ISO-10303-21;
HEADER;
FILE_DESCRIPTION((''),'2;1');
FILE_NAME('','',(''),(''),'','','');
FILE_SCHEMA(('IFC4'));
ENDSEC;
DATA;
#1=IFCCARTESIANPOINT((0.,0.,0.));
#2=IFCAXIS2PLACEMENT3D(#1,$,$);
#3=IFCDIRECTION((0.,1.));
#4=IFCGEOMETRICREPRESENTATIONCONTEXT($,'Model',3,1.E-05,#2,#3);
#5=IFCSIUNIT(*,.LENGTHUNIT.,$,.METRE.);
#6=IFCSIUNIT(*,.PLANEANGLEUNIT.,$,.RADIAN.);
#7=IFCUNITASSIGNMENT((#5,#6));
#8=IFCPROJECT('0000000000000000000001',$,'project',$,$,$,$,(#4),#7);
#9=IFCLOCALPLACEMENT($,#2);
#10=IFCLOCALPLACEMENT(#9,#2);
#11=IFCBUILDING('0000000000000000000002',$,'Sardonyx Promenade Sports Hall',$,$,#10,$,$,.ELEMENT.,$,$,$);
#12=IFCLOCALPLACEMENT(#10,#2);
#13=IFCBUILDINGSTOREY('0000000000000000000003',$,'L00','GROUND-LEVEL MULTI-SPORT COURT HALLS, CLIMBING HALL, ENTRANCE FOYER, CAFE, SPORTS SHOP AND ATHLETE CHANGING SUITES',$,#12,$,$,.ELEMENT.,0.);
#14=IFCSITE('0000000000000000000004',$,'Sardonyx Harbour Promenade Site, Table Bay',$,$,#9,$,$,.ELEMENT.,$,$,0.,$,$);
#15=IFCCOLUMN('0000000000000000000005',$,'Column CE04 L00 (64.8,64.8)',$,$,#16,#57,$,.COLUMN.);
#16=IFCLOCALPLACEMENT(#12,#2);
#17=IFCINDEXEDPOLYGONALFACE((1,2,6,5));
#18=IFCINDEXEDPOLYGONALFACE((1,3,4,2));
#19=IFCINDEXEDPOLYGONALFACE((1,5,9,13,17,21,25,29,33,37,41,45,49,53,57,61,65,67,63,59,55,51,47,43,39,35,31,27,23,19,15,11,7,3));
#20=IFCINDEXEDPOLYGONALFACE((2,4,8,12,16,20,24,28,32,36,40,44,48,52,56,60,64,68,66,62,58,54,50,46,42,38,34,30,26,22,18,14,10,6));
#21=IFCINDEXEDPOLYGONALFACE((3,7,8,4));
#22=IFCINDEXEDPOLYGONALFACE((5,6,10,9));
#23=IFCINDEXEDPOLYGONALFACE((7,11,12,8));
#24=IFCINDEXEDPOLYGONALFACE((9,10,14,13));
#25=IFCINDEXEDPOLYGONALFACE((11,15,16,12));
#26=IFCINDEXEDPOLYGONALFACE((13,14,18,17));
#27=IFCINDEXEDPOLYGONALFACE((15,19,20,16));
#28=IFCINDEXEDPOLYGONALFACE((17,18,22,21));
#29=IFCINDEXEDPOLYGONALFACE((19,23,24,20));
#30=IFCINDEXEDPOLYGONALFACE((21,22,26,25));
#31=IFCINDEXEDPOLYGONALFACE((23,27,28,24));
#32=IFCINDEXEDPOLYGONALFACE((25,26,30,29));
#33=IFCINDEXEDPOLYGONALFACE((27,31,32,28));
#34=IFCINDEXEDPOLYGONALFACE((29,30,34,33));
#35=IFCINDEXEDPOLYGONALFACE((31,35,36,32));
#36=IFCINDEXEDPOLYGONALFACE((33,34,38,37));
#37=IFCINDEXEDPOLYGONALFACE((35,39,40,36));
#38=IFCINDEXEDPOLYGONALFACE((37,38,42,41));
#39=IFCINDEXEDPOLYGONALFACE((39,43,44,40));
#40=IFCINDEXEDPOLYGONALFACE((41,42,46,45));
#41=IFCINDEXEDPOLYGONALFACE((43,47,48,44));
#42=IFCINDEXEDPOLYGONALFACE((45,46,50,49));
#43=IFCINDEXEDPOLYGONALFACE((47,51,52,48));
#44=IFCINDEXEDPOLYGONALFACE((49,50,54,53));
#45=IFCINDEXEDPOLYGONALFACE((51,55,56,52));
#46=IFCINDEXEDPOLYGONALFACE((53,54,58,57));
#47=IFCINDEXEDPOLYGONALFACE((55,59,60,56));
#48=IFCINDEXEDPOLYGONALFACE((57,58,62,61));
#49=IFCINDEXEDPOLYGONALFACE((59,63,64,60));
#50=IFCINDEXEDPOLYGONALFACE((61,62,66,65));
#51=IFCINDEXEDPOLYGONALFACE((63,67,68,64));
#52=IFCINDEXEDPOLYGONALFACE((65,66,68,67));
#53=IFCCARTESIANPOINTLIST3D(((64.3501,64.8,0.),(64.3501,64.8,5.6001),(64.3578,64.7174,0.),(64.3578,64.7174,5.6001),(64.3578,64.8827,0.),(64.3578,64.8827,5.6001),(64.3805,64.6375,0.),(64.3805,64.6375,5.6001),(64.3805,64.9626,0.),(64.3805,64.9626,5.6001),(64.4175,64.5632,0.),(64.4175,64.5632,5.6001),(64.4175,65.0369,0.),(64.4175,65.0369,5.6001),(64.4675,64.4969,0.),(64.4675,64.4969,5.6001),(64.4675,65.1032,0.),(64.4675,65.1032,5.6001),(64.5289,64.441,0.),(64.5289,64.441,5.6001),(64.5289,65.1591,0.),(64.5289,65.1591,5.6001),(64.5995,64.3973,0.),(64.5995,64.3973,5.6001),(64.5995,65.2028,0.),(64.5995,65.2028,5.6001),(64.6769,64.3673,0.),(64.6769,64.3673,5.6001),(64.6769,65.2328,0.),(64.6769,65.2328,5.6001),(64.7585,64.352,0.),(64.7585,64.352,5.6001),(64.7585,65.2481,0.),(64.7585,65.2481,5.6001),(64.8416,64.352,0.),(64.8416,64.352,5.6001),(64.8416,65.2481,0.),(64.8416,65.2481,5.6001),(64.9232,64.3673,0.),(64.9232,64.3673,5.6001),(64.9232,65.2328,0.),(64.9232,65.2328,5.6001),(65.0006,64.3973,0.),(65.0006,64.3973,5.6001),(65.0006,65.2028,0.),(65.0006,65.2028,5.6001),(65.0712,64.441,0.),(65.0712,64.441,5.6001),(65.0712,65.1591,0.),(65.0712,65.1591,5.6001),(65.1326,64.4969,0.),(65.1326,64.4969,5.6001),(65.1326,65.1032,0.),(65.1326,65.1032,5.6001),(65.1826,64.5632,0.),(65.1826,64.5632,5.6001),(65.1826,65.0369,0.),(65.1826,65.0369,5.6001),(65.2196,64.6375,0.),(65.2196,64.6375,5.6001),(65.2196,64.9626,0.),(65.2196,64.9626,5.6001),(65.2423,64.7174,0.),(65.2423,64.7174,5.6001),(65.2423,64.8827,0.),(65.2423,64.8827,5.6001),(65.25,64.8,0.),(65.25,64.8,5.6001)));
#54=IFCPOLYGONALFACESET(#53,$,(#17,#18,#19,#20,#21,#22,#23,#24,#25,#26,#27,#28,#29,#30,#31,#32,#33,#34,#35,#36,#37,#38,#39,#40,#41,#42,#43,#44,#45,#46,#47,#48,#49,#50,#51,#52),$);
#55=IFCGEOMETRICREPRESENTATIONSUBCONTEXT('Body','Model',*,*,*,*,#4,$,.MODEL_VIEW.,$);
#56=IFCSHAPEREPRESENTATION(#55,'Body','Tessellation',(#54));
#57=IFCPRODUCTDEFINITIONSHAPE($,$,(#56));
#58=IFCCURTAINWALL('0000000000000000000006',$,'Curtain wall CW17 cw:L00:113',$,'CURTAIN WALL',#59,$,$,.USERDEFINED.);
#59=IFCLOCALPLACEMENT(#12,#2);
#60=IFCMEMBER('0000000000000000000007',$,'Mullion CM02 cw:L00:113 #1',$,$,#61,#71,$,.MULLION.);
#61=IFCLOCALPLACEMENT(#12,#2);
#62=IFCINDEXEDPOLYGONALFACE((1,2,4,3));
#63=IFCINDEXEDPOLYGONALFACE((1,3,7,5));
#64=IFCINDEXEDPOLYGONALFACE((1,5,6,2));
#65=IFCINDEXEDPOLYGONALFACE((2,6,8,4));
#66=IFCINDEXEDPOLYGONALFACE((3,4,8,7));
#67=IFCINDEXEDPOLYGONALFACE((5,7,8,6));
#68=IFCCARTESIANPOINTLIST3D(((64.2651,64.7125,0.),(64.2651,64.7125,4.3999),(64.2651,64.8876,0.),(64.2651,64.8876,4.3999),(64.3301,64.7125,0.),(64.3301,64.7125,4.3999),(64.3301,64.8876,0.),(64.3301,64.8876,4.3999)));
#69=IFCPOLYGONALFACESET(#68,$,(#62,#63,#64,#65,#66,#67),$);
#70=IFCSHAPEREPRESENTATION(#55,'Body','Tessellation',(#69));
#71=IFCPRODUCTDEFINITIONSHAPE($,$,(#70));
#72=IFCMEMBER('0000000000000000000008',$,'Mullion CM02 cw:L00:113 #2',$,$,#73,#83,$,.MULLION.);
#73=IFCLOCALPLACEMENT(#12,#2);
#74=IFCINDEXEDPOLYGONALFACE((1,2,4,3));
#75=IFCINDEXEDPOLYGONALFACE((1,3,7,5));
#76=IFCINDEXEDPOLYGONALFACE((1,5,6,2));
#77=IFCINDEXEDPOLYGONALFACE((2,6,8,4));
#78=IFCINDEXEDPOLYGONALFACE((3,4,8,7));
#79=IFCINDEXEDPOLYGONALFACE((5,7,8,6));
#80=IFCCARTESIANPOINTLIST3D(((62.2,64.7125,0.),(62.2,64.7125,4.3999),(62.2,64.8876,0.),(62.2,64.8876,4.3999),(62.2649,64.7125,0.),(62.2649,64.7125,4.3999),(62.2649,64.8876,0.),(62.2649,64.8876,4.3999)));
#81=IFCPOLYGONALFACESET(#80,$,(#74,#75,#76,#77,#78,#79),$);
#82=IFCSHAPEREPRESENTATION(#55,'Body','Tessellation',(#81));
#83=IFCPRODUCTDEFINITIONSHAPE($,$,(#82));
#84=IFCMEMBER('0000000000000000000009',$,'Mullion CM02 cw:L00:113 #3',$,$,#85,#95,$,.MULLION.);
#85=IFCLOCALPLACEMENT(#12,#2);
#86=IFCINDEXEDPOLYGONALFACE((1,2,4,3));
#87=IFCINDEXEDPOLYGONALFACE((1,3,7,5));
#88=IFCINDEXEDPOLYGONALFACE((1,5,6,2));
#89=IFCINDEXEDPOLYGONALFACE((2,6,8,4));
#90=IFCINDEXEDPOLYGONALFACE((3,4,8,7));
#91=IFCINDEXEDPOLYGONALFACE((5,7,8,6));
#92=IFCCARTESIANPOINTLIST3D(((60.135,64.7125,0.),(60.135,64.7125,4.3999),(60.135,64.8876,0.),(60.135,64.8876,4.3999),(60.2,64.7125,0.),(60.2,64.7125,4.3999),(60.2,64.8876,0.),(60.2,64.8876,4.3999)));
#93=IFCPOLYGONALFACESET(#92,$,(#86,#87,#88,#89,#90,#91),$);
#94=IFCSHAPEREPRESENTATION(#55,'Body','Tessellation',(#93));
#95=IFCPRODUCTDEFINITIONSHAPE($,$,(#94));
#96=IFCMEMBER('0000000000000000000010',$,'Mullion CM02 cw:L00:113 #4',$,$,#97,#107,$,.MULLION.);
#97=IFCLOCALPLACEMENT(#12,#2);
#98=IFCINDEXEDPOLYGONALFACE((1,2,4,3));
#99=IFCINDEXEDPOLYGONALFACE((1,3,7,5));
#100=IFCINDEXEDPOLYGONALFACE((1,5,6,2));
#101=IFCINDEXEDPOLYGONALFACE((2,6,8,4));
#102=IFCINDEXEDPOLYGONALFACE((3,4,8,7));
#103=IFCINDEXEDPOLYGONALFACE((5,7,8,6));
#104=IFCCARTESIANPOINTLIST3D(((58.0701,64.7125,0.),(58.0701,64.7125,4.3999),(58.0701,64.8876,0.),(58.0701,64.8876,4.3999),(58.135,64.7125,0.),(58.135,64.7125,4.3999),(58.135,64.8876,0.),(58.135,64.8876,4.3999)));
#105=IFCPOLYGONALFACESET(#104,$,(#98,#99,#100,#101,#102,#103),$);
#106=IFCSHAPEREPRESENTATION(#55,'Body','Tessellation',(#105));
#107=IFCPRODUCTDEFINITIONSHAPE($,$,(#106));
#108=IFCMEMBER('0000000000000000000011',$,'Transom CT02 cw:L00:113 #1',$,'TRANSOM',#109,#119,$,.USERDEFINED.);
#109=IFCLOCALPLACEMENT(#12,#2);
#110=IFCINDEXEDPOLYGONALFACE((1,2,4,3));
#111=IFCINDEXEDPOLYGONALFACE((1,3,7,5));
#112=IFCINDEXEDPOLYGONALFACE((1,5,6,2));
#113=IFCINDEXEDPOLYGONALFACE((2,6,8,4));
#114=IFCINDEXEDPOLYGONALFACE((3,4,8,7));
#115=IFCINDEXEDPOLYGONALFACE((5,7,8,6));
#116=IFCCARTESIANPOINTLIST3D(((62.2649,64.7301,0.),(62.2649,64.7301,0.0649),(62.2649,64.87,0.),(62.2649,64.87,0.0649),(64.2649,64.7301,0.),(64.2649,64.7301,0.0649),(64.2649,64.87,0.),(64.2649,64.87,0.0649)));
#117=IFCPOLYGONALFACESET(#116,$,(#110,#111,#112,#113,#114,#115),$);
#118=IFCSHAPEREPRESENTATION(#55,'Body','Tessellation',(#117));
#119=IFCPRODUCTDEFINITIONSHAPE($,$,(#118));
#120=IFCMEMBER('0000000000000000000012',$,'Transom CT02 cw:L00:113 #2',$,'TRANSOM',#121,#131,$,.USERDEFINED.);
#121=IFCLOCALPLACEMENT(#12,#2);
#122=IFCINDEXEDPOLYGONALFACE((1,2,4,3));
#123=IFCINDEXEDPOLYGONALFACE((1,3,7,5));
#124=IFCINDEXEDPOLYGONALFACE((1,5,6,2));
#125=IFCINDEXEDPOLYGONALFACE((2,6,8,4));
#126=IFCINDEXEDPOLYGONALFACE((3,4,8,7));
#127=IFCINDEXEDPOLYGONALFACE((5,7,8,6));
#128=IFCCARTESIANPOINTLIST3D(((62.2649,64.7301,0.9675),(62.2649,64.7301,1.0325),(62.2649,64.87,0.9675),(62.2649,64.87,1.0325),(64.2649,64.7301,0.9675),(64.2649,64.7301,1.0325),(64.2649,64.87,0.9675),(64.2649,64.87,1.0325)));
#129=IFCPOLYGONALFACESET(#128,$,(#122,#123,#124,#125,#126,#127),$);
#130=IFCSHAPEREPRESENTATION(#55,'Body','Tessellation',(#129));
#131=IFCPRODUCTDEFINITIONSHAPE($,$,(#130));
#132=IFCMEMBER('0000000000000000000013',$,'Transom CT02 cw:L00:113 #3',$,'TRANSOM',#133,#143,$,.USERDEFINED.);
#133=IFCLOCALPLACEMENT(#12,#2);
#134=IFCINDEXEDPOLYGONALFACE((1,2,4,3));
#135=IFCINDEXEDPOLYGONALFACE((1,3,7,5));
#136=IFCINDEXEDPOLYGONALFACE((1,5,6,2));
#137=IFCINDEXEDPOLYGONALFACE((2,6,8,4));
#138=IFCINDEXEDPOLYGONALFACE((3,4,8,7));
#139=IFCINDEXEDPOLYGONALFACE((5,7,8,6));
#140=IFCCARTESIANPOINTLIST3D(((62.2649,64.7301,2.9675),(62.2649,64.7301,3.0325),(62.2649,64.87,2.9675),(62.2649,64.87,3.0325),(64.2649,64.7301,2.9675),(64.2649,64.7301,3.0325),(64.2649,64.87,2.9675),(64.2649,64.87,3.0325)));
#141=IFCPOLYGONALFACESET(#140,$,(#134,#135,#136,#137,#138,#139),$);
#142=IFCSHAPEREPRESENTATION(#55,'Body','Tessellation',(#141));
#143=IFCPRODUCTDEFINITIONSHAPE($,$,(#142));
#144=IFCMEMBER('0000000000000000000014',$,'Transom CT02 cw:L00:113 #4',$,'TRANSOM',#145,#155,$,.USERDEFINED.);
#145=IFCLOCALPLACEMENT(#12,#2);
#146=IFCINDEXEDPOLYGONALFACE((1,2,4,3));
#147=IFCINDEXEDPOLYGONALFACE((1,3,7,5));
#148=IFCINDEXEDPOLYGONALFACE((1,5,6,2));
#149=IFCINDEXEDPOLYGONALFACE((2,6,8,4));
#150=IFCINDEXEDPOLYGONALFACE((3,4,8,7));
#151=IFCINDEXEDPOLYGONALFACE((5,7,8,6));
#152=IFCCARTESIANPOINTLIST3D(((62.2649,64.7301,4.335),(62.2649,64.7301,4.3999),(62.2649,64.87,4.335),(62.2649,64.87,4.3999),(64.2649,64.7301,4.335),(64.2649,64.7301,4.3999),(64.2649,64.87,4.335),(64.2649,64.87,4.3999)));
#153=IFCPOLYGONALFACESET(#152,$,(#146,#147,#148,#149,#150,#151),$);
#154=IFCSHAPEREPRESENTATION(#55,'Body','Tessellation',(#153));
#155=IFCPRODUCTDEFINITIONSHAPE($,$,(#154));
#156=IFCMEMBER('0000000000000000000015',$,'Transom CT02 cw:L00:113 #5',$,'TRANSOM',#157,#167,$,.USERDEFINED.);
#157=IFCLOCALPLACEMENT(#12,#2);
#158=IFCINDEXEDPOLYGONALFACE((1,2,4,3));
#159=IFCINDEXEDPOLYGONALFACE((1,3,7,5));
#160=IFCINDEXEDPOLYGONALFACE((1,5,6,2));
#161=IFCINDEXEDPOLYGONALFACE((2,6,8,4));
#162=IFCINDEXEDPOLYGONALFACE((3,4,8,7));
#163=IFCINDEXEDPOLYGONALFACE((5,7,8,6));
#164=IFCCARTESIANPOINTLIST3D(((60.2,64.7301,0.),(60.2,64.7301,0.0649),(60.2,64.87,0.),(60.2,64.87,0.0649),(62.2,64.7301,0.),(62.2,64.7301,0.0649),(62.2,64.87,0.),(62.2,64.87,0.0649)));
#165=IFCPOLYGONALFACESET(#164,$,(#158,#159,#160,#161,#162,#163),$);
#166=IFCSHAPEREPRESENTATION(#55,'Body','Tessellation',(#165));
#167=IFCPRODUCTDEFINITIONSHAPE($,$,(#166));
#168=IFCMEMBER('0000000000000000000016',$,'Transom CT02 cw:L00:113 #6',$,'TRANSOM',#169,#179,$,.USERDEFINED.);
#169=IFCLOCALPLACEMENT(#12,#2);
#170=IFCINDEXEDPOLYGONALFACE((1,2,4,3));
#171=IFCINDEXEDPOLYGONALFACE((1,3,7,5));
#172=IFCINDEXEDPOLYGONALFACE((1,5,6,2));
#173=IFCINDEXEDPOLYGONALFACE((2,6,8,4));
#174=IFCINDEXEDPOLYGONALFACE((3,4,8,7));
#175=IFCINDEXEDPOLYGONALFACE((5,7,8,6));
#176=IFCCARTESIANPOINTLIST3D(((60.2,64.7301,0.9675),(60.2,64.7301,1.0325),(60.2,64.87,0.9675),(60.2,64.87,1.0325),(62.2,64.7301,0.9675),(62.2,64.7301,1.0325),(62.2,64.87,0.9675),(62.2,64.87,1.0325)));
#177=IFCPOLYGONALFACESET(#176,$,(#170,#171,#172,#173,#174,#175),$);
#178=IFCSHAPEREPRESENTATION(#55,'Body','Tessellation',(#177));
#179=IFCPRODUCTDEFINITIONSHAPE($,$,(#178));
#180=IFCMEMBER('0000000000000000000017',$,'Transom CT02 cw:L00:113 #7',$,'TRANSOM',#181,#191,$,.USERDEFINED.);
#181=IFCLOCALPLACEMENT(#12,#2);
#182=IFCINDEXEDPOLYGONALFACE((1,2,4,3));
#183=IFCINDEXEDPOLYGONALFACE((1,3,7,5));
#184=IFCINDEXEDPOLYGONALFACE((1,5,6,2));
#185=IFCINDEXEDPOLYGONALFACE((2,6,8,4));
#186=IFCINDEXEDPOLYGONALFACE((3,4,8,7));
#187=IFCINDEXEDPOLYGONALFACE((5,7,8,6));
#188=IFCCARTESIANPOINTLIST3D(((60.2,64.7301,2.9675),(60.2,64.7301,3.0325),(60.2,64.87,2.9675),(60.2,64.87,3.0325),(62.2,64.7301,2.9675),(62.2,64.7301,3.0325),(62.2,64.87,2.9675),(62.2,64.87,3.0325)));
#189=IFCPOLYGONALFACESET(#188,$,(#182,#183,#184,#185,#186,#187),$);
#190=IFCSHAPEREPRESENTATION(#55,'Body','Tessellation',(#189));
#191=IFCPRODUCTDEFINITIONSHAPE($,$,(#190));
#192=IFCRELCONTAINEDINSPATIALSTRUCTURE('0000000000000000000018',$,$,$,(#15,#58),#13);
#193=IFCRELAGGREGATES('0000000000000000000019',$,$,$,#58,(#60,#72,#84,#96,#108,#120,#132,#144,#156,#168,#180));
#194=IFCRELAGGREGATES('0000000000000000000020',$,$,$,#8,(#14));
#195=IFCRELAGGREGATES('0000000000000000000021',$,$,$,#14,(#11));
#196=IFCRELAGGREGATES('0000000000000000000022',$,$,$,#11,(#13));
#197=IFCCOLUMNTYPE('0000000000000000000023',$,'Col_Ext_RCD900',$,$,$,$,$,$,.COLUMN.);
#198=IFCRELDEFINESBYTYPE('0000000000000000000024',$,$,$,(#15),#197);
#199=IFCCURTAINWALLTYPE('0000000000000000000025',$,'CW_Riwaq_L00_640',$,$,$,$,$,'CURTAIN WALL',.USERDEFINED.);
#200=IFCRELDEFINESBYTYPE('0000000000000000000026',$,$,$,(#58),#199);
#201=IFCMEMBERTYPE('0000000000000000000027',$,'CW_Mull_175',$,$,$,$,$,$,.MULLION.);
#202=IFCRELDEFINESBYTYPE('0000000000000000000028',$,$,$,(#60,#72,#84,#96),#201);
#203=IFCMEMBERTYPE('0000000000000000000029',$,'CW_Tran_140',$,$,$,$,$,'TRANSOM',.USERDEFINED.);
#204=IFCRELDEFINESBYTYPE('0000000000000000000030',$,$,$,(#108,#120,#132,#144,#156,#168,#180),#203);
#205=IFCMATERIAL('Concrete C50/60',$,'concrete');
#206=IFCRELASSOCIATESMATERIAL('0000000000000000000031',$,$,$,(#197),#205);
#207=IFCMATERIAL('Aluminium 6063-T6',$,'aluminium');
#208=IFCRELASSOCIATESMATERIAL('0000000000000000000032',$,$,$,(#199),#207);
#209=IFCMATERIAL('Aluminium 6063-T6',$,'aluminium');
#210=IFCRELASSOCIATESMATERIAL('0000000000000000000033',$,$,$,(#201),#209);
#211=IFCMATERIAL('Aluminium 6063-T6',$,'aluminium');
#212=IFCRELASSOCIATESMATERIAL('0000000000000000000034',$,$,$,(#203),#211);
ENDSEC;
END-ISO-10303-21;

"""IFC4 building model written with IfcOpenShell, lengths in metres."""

from ifc_helpers import new_model, si_unit, direction, frame, origin, origin_2d, place, context, subcontext, project, spatial, rectangle, circle, extrude, material, material_profile, profile_set, type_object, element, aggregate, save


model = new_model("IFC4")

# Units and contexts
model_context = context("Model", 3, precision=1e-05, world=origin(), true_north=direction((0.0, 1.0)))
body_context = subcontext(model_context, "Body", "Model", "MODEL_VIEW")
ifc_project = project(units=[si_unit("LENGTHUNIT", "METRE"), si_unit("PLANEANGLEUNIT", "RADIAN")], contexts=[model_context])

# Site, building, storey
site_placement = place(None, origin())
site = spatial("IfcSite", under=ifc_project, at=site_placement, Name="Sardonyx Harbour Promenade Site, Table Bay", CompositionType="ELEMENT", RefElevation=0.0)
building_placement = place(site_placement, origin())
building = spatial("IfcBuilding", under=site, at=building_placement, Name="Sardonyx Promenade Sports Hall", CompositionType="ELEMENT")
storey_placement = place(building_placement, origin())
storey = spatial("IfcBuildingStorey", under=building, at=storey_placement, Name="L00", Description="GROUND-LEVEL MULTI-SPORT COURT HALLS, CLIMBING HALL, ENTRANCE FOYER, CAFE, SPORTS SHOP AND ATHLETE CHANGING SUITES", CompositionType="ELEMENT", Elevation=0.0)

# Column
ifc_material_1 = material(Name="Concrete C50/60", Category="concrete")
ifc_material_profile_1 = material_profile(ifc_material_1, circle(Radius=0.45, at=origin_2d()))
ifc_profile_set_1 = profile_set([ifc_material_profile_1], Name="Concrete C50/60")
column_type = type_object("IfcColumnType", Name="Col_Ext_RCD900", PredefinedType="COLUMN", material=ifc_profile_set_1)
column_placement = place(storey_placement, frame((64.8, 64.8, 0.0), z_axis=(0.0, 0.0, 1.0), x_axis=(1.0, 0.0, 0.0)))
element("IfcColumn", 1, at=column_placement, inside=storey, type_object=column_type, Name="Column CE04 L00 (64.8,64.8)", PredefinedType="COLUMN", context=body_context, shape_type="SweptSolid", body=[
    extrude(circle(Radius=0.45, at=origin_2d()), origin(), (0.0, 0.0, 1.0), 5.6001),
])

# Curtain wall, members
ifc_material_2 = material(Name="Aluminium 6063-T6", Category="aluminium")
curtain_wall_type = type_object("IfcCurtainWallType", Name="CW_Riwaq_L00_640", ElementType="CURTAIN WALL", PredefinedType="USERDEFINED", material=ifc_material_2)
curtain_wall_placement = place(storey_placement, origin())
curtain_wall = element("IfcCurtainWall", 2, at=curtain_wall_placement, inside=storey, type_object=curtain_wall_type, Name="Curtain wall CW17 cw:L00:113", ObjectType="CURTAIN WALL", PredefinedType="USERDEFINED")
ifc_material_3 = material(Name="Aluminium 6063-T6", Category="aluminium")
ifc_material_profile_2 = material_profile(ifc_material_3, rectangle(XDim=0.0649, YDim=0.175, at=origin_2d()))
ifc_profile_set_2 = profile_set([ifc_material_profile_2], Name="Aluminium 6063-T6")
member_type_1 = type_object("IfcMemberType", Name="CW_Mull_175", PredefinedType="MULLION", material=ifc_profile_set_2)
member_1_placement = place(storey_placement, frame((64.2976, 64.8, 0.0), z_axis=(0.0, 0.0, 1.0), x_axis=(-1.0, 0.0, 0.0)))
member_1 = element("IfcMember", 3, at=member_1_placement, type_object=member_type_1, Name="Mullion CM02 cw:L00:113 #1", PredefinedType="MULLION", context=body_context, shape_type="SweptSolid", body=[
    extrude(rectangle(XDim=0.0649, YDim=0.175, at=origin_2d()), origin(), (0.0, 0.0, 1.0), 4.3999),
])
member_2_placement = place(storey_placement, frame((62.2324, 64.8, 0.0), z_axis=(0.0, 0.0, 1.0), x_axis=(-1.0, 0.0, 0.0)))
member_2 = element("IfcMember", 4, at=member_2_placement, type_object=member_type_1, Name="Mullion CM02 cw:L00:113 #2", PredefinedType="MULLION", context=body_context, shape_type="SweptSolid", body=[
    extrude(rectangle(XDim=0.0649, YDim=0.175, at=origin_2d()), origin(), (0.0, 0.0, 1.0), 4.3999),
])
member_3_placement = place(storey_placement, frame((60.1675, 64.8, 0.0), z_axis=(0.0, 0.0, 1.0), x_axis=(-1.0, 0.0, 0.0)))
member_3 = element("IfcMember", 5, at=member_3_placement, type_object=member_type_1, Name="Mullion CM02 cw:L00:113 #3", PredefinedType="MULLION", context=body_context, shape_type="SweptSolid", body=[
    extrude(rectangle(XDim=0.0649, YDim=0.175, at=origin_2d()), origin(), (0.0, 0.0, 1.0), 4.3999),
])
member_4_placement = place(storey_placement, frame((58.1025, 64.8, 0.0), z_axis=(0.0, 0.0, 1.0), x_axis=(-1.0, 0.0, 0.0)))
member_4 = element("IfcMember", 6, at=member_4_placement, type_object=member_type_1, Name="Mullion CM02 cw:L00:113 #4", PredefinedType="MULLION", context=body_context, shape_type="SweptSolid", body=[
    extrude(rectangle(XDim=0.0649, YDim=0.175, at=origin_2d()), origin(), (0.0, 0.0, 1.0), 4.3999),
])
ifc_material_4 = material(Name="Aluminium 6063-T6", Category="aluminium")
ifc_material_profile_3 = material_profile(ifc_material_4, rectangle(XDim=0.0649, YDim=0.1399, at=origin_2d()))
ifc_profile_set_3 = profile_set([ifc_material_profile_3], Name="Aluminium 6063-T6")
member_type_2 = type_object("IfcMemberType", Name="CW_Tran_140", ElementType="TRANSOM", PredefinedType="USERDEFINED", material=ifc_profile_set_3)
member_5_placement = place(storey_placement, frame((64.2649, 64.8, 0.0325), z_axis=(-1.0, 0.0, 0.0), x_axis=(0.0, 0.0, 1.0)))
member_5 = element("IfcMember", 7, at=member_5_placement, type_object=member_type_2, Name="Transom CT02 cw:L00:113 #1", ObjectType="TRANSOM", PredefinedType="USERDEFINED", context=body_context, shape_type="SweptSolid", body=[
    extrude(rectangle(XDim=0.0649, YDim=0.1399, at=origin_2d()), origin(), (0.0, 0.0, 1.0), 2.0),
])
member_6_placement = place(storey_placement, frame((64.2649, 64.8, 1.0), z_axis=(-1.0, 0.0, 0.0), x_axis=(0.0, 0.0, 1.0)))
member_6 = element("IfcMember", 8, at=member_6_placement, type_object=member_type_2, Name="Transom CT02 cw:L00:113 #2", ObjectType="TRANSOM", PredefinedType="USERDEFINED", context=body_context, shape_type="SweptSolid", body=[
    extrude(rectangle(XDim=0.0649, YDim=0.1399, at=origin_2d()), origin(), (0.0, 0.0, 1.0), 2.0),
])
member_7_placement = place(storey_placement, frame((64.2649, 64.8, 3.0), z_axis=(-1.0, 0.0, 0.0), x_axis=(0.0, 0.0, 1.0)))
member_7 = element("IfcMember", 9, at=member_7_placement, type_object=member_type_2, Name="Transom CT02 cw:L00:113 #3", ObjectType="TRANSOM", PredefinedType="USERDEFINED", context=body_context, shape_type="SweptSolid", body=[
    extrude(rectangle(XDim=0.0649, YDim=0.1399, at=origin_2d()), origin(), (0.0, 0.0, 1.0), 2.0),
])
member_8_placement = place(storey_placement, frame((64.2649, 64.8, 4.3674), z_axis=(-1.0, 0.0, 0.0), x_axis=(0.0, 0.0, 1.0)))
member_8 = element("IfcMember", 10, at=member_8_placement, type_object=member_type_2, Name="Transom CT02 cw:L00:113 #4", ObjectType="TRANSOM", PredefinedType="USERDEFINED", context=body_context, shape_type="SweptSolid", body=[
    extrude(rectangle(XDim=0.0649, YDim=0.1399, at=origin_2d()), origin(), (0.0, 0.0, 1.0), 2.0),
])
member_9_placement = place(storey_placement, frame((62.2, 64.8, 0.0325), z_axis=(-1.0, 0.0, 0.0), x_axis=(0.0, 0.0, 1.0)))
member_9 = element("IfcMember", 11, at=member_9_placement, type_object=member_type_2, Name="Transom CT02 cw:L00:113 #5", ObjectType="TRANSOM", PredefinedType="USERDEFINED", context=body_context, shape_type="SweptSolid", body=[
    extrude(rectangle(XDim=0.0649, YDim=0.1399, at=origin_2d()), origin(), (0.0, 0.0, 1.0), 2.0),
])
member_10_placement = place(storey_placement, frame((62.2, 64.8, 1.0), z_axis=(-1.0, 0.0, 0.0), x_axis=(0.0, 0.0, 1.0)))
member_10 = element("IfcMember", 12, at=member_10_placement, type_object=member_type_2, Name="Transom CT02 cw:L00:113 #6", ObjectType="TRANSOM", PredefinedType="USERDEFINED", context=body_context, shape_type="SweptSolid", body=[
    extrude(rectangle(XDim=0.0649, YDim=0.1399, at=origin_2d()), origin(), (0.0, 0.0, 1.0), 2.0),
])
member_11_placement = place(storey_placement, frame((62.2, 64.8, 3.0), z_axis=(-1.0, 0.0, 0.0), x_axis=(0.0, 0.0, 1.0)))
member_11 = element("IfcMember", 13, at=member_11_placement, type_object=member_type_2, Name="Transom CT02 cw:L00:113 #7", ObjectType="TRANSOM", PredefinedType="USERDEFINED", context=body_context, shape_type="SweptSolid", body=[
    extrude(rectangle(XDim=0.0649, YDim=0.1399, at=origin_2d()), origin(), (0.0, 0.0, 1.0), 2.0),
])
aggregate(curtain_wall, [member_1, member_2, member_3, member_4, member_5, member_6, member_7, member_8, member_9, member_10, member_11])

save(model, "model.ifc")
